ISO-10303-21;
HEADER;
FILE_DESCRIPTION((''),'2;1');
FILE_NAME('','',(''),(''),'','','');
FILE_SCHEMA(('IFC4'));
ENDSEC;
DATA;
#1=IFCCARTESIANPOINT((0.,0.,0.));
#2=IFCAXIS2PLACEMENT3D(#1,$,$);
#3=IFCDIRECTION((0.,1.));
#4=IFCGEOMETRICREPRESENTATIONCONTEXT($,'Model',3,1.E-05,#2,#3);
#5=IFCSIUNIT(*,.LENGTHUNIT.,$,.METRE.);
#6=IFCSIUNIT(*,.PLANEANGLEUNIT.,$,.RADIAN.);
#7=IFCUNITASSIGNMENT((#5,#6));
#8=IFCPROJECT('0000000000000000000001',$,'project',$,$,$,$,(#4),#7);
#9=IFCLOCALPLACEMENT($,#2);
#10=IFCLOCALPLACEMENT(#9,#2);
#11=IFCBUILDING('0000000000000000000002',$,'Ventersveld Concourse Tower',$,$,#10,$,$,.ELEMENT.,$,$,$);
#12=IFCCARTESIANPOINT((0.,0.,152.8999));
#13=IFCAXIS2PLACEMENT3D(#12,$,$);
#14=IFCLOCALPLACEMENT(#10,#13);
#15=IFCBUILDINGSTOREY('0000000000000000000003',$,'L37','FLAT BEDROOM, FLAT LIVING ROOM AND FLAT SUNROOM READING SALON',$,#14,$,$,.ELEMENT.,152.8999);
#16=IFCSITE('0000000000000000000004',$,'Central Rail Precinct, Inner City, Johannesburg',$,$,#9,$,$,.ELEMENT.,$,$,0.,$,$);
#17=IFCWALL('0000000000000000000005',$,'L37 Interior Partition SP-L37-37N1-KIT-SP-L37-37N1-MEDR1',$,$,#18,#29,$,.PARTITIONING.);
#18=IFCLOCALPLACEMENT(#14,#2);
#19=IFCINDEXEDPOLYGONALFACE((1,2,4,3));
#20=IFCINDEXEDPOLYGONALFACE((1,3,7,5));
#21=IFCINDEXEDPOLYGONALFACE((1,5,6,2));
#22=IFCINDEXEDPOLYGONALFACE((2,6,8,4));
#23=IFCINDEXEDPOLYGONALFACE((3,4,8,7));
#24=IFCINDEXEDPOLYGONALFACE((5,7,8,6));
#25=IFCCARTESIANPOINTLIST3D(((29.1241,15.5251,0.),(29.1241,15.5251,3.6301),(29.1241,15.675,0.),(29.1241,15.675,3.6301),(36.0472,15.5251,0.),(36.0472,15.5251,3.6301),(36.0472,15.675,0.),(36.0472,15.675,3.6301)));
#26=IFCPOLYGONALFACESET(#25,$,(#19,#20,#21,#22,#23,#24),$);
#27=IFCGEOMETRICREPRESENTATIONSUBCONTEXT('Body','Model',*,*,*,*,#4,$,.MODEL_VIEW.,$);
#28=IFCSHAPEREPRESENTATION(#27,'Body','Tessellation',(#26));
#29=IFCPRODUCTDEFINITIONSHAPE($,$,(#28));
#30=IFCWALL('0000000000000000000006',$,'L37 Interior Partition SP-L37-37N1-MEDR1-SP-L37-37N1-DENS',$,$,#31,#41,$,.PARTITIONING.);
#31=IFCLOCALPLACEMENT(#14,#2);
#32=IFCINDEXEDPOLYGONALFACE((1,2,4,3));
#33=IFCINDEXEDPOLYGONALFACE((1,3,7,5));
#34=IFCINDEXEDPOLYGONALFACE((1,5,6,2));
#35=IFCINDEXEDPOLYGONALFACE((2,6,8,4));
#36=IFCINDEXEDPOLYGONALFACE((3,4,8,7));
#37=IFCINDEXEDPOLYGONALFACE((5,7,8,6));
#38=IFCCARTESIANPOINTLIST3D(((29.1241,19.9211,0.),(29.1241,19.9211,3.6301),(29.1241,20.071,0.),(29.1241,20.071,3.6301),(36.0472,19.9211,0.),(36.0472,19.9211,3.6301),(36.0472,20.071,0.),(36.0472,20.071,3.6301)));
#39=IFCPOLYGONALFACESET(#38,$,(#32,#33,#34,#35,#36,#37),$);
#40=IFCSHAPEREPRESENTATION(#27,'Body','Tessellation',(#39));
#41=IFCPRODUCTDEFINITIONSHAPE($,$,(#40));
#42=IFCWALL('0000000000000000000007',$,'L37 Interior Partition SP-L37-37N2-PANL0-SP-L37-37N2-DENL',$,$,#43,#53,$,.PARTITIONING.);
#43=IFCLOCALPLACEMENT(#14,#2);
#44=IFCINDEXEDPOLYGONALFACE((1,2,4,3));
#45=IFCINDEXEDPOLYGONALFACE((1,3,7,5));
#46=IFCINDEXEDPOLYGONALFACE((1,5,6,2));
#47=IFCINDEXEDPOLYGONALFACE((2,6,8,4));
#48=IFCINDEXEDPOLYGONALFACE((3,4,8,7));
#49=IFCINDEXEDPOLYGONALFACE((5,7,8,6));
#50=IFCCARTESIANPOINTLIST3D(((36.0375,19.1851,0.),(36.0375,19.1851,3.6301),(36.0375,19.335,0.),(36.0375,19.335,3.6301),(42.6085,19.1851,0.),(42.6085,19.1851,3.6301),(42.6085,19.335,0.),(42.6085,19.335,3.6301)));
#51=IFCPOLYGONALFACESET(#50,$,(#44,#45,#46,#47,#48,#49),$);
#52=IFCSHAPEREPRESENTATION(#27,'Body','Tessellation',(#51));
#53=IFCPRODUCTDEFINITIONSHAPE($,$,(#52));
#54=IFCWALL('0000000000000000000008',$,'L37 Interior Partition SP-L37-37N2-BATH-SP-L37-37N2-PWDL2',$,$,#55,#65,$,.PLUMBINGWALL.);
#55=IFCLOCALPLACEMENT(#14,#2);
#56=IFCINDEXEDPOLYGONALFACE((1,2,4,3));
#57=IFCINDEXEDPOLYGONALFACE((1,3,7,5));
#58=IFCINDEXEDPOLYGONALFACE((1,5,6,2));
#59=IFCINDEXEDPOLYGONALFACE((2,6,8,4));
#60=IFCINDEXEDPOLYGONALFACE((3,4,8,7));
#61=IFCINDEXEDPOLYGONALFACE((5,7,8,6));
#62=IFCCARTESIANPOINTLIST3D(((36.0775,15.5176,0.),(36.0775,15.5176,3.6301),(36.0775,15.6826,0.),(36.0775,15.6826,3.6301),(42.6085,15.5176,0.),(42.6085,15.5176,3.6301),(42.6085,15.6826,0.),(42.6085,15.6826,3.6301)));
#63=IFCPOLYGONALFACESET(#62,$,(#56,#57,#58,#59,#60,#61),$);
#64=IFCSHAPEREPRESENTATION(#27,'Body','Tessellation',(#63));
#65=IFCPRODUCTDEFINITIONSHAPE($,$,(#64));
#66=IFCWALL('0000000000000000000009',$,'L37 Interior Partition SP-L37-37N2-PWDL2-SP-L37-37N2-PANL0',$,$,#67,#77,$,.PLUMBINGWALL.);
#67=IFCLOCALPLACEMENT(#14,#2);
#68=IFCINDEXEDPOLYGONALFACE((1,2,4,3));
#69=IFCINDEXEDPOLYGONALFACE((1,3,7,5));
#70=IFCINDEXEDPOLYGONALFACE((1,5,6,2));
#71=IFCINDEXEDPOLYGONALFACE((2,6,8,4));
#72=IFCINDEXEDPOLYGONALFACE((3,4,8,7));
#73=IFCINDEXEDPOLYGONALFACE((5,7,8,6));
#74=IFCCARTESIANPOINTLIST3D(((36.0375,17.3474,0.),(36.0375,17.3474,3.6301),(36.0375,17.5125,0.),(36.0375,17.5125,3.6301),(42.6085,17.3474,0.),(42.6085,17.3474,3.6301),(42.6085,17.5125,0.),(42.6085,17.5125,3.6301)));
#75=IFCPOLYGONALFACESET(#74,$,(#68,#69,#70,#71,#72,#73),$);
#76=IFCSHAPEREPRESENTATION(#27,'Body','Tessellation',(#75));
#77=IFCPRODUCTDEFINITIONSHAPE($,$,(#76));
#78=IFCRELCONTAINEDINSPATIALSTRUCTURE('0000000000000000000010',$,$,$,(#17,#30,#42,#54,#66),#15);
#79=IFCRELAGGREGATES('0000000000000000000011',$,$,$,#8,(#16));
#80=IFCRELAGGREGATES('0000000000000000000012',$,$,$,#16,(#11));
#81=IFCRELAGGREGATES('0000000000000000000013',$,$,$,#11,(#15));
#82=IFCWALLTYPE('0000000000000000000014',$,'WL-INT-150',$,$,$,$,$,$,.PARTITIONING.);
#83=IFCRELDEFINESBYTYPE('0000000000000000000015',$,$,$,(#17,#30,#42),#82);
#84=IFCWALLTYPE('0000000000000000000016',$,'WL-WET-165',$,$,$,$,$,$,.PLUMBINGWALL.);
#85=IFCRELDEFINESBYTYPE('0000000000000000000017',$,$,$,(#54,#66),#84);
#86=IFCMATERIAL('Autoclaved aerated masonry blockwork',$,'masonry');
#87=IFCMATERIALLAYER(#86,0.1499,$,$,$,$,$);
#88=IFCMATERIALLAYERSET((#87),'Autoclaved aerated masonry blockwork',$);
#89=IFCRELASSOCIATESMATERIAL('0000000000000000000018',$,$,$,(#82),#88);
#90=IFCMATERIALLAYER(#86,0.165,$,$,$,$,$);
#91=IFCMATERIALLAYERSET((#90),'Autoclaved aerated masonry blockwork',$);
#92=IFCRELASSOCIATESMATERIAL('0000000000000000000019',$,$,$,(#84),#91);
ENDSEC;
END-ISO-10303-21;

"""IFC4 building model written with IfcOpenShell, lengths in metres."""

from ifc_helpers import new_model, si_unit, direction, frame, frame_2d, origin, place, context, subcontext, project, spatial, rectangle, extrude, material, layer, layer_set, type_object, element, save


model = new_model("IFC4")

# Units and contexts
model_context = context("Model", 3, precision=1e-05, world=origin(), true_north=direction((0.0, 1.0)))
body_context = subcontext(model_context, "Body", "Model", "MODEL_VIEW")
ifc_project = project(units=[si_unit("LENGTHUNIT", "METRE"), si_unit("PLANEANGLEUNIT", "RADIAN")], contexts=[model_context])

# Site, building, storey
site_placement = place(None, origin())
site = spatial("IfcSite", under=ifc_project, at=site_placement, Name="Central Rail Precinct, Inner City, Johannesburg", CompositionType="ELEMENT", RefElevation=0.0)
building_placement = place(site_placement, origin())
building = spatial("IfcBuilding", under=site, at=building_placement, Name="Ventersveld Concourse Tower", CompositionType="ELEMENT")
storey_placement = place(building_placement, frame((0.0, 0.0, 152.8999)))
storey = spatial("IfcBuildingStorey", under=building, at=storey_placement, Name="L37", Description="FLAT BEDROOM, FLAT LIVING ROOM AND FLAT SUNROOM READING SALON", CompositionType="ELEMENT", Elevation=152.8999)

# Shared definitions
ifc_material_1 = material(Name="Autoclaved aerated masonry blockwork", Category="masonry")
ifc_layer_1 = layer(ifc_material_1, 0.1499)
ifc_layer_set_1 = layer_set([ifc_layer_1], Name="Autoclaved aerated masonry blockwork")
wall_type_1 = type_object("IfcWallType", Name="WL-INT-150", PredefinedType="PARTITIONING", material=ifc_layer_set_1)

# Walls
for number, where, z_axis, x_axis, name in (
    (1, (29.1243, 15.6001, 0.0), (0.0, 0.0, 1.0), (1.0, 0.0, 0.0), "L37 Interior Partition SP-L37-37N1-KIT-SP-L37-37N1-MEDR1"),
    (2, (29.1243, 19.9961, 0.0), (0.0, 0.0, 1.0), (1.0, 0.0, 0.0), "L37 Interior Partition SP-L37-37N1-MEDR1-SP-L37-37N1-DENS"),
):
    element("IfcWall", number, at=place(storey_placement, frame(where, z_axis=z_axis, x_axis=x_axis)), inside=storey, type_object=wall_type_1, Name=name, PredefinedType="PARTITIONING", context=body_context, shape_type="SweptSolid", body=[
        extrude(rectangle(XDim=6.9231, YDim=0.1499, at=frame_2d((3.4614, 0.0))), origin(), (0.0, 0.0, 1.0), 3.6301),
    ])
wall_1_placement = place(storey_placement, frame((36.0374, 19.26, 0.0), z_axis=(0.0, 0.0, 1.0), x_axis=(1.0, 0.0, 0.0)))
element("IfcWall", 3, at=wall_1_placement, inside=storey, type_object=wall_type_1, Name="L37 Interior Partition SP-L37-37N2-PANL0-SP-L37-37N2-DENL", PredefinedType="PARTITIONING", context=body_context, shape_type="SweptSolid", body=[
    extrude(rectangle(XDim=6.571, YDim=0.1499, at=frame_2d((3.2856, 0.0))), origin(), (0.0, 0.0, 1.0), 3.6301),
])
ifc_layer_2 = layer(ifc_material_1, 0.165)
ifc_layer_set_2 = layer_set([ifc_layer_2], Name="Autoclaved aerated masonry blockwork")
wall_type_2 = type_object("IfcWallType", Name="WL-WET-165", PredefinedType="PLUMBINGWALL", material=ifc_layer_set_2)
wall_2_placement = place(storey_placement, frame((36.0774, 15.6001, 0.0), z_axis=(0.0, 0.0, 1.0), x_axis=(1.0, 0.0, 0.0)))
element("IfcWall", 4, at=wall_2_placement, inside=storey, type_object=wall_type_2, Name="L37 Interior Partition SP-L37-37N2-BATH-SP-L37-37N2-PWDL2", PredefinedType="PLUMBINGWALL", context=body_context, shape_type="SweptSolid", body=[
    extrude(rectangle(XDim=6.531, YDim=0.165, at=frame_2d((3.2656, 0.0))), origin(), (0.0, 0.0, 1.0), 3.6301),
])
wall_3_placement = place(storey_placement, frame((36.0374, 17.4299, 0.0), z_axis=(0.0, 0.0, 1.0), x_axis=(1.0, 0.0, 0.0)))
element("IfcWall", 5, at=wall_3_placement, inside=storey, type_object=wall_type_2, Name="L37 Interior Partition SP-L37-37N2-PWDL2-SP-L37-37N2-PANL0", PredefinedType="PLUMBINGWALL", context=body_context, shape_type="SweptSolid", body=[
    extrude(rectangle(XDim=6.571, YDim=0.165, at=frame_2d((3.2856, 0.0))), origin(), (0.0, 0.0, 1.0), 3.6301),
])

save(model, "model.ifc")
